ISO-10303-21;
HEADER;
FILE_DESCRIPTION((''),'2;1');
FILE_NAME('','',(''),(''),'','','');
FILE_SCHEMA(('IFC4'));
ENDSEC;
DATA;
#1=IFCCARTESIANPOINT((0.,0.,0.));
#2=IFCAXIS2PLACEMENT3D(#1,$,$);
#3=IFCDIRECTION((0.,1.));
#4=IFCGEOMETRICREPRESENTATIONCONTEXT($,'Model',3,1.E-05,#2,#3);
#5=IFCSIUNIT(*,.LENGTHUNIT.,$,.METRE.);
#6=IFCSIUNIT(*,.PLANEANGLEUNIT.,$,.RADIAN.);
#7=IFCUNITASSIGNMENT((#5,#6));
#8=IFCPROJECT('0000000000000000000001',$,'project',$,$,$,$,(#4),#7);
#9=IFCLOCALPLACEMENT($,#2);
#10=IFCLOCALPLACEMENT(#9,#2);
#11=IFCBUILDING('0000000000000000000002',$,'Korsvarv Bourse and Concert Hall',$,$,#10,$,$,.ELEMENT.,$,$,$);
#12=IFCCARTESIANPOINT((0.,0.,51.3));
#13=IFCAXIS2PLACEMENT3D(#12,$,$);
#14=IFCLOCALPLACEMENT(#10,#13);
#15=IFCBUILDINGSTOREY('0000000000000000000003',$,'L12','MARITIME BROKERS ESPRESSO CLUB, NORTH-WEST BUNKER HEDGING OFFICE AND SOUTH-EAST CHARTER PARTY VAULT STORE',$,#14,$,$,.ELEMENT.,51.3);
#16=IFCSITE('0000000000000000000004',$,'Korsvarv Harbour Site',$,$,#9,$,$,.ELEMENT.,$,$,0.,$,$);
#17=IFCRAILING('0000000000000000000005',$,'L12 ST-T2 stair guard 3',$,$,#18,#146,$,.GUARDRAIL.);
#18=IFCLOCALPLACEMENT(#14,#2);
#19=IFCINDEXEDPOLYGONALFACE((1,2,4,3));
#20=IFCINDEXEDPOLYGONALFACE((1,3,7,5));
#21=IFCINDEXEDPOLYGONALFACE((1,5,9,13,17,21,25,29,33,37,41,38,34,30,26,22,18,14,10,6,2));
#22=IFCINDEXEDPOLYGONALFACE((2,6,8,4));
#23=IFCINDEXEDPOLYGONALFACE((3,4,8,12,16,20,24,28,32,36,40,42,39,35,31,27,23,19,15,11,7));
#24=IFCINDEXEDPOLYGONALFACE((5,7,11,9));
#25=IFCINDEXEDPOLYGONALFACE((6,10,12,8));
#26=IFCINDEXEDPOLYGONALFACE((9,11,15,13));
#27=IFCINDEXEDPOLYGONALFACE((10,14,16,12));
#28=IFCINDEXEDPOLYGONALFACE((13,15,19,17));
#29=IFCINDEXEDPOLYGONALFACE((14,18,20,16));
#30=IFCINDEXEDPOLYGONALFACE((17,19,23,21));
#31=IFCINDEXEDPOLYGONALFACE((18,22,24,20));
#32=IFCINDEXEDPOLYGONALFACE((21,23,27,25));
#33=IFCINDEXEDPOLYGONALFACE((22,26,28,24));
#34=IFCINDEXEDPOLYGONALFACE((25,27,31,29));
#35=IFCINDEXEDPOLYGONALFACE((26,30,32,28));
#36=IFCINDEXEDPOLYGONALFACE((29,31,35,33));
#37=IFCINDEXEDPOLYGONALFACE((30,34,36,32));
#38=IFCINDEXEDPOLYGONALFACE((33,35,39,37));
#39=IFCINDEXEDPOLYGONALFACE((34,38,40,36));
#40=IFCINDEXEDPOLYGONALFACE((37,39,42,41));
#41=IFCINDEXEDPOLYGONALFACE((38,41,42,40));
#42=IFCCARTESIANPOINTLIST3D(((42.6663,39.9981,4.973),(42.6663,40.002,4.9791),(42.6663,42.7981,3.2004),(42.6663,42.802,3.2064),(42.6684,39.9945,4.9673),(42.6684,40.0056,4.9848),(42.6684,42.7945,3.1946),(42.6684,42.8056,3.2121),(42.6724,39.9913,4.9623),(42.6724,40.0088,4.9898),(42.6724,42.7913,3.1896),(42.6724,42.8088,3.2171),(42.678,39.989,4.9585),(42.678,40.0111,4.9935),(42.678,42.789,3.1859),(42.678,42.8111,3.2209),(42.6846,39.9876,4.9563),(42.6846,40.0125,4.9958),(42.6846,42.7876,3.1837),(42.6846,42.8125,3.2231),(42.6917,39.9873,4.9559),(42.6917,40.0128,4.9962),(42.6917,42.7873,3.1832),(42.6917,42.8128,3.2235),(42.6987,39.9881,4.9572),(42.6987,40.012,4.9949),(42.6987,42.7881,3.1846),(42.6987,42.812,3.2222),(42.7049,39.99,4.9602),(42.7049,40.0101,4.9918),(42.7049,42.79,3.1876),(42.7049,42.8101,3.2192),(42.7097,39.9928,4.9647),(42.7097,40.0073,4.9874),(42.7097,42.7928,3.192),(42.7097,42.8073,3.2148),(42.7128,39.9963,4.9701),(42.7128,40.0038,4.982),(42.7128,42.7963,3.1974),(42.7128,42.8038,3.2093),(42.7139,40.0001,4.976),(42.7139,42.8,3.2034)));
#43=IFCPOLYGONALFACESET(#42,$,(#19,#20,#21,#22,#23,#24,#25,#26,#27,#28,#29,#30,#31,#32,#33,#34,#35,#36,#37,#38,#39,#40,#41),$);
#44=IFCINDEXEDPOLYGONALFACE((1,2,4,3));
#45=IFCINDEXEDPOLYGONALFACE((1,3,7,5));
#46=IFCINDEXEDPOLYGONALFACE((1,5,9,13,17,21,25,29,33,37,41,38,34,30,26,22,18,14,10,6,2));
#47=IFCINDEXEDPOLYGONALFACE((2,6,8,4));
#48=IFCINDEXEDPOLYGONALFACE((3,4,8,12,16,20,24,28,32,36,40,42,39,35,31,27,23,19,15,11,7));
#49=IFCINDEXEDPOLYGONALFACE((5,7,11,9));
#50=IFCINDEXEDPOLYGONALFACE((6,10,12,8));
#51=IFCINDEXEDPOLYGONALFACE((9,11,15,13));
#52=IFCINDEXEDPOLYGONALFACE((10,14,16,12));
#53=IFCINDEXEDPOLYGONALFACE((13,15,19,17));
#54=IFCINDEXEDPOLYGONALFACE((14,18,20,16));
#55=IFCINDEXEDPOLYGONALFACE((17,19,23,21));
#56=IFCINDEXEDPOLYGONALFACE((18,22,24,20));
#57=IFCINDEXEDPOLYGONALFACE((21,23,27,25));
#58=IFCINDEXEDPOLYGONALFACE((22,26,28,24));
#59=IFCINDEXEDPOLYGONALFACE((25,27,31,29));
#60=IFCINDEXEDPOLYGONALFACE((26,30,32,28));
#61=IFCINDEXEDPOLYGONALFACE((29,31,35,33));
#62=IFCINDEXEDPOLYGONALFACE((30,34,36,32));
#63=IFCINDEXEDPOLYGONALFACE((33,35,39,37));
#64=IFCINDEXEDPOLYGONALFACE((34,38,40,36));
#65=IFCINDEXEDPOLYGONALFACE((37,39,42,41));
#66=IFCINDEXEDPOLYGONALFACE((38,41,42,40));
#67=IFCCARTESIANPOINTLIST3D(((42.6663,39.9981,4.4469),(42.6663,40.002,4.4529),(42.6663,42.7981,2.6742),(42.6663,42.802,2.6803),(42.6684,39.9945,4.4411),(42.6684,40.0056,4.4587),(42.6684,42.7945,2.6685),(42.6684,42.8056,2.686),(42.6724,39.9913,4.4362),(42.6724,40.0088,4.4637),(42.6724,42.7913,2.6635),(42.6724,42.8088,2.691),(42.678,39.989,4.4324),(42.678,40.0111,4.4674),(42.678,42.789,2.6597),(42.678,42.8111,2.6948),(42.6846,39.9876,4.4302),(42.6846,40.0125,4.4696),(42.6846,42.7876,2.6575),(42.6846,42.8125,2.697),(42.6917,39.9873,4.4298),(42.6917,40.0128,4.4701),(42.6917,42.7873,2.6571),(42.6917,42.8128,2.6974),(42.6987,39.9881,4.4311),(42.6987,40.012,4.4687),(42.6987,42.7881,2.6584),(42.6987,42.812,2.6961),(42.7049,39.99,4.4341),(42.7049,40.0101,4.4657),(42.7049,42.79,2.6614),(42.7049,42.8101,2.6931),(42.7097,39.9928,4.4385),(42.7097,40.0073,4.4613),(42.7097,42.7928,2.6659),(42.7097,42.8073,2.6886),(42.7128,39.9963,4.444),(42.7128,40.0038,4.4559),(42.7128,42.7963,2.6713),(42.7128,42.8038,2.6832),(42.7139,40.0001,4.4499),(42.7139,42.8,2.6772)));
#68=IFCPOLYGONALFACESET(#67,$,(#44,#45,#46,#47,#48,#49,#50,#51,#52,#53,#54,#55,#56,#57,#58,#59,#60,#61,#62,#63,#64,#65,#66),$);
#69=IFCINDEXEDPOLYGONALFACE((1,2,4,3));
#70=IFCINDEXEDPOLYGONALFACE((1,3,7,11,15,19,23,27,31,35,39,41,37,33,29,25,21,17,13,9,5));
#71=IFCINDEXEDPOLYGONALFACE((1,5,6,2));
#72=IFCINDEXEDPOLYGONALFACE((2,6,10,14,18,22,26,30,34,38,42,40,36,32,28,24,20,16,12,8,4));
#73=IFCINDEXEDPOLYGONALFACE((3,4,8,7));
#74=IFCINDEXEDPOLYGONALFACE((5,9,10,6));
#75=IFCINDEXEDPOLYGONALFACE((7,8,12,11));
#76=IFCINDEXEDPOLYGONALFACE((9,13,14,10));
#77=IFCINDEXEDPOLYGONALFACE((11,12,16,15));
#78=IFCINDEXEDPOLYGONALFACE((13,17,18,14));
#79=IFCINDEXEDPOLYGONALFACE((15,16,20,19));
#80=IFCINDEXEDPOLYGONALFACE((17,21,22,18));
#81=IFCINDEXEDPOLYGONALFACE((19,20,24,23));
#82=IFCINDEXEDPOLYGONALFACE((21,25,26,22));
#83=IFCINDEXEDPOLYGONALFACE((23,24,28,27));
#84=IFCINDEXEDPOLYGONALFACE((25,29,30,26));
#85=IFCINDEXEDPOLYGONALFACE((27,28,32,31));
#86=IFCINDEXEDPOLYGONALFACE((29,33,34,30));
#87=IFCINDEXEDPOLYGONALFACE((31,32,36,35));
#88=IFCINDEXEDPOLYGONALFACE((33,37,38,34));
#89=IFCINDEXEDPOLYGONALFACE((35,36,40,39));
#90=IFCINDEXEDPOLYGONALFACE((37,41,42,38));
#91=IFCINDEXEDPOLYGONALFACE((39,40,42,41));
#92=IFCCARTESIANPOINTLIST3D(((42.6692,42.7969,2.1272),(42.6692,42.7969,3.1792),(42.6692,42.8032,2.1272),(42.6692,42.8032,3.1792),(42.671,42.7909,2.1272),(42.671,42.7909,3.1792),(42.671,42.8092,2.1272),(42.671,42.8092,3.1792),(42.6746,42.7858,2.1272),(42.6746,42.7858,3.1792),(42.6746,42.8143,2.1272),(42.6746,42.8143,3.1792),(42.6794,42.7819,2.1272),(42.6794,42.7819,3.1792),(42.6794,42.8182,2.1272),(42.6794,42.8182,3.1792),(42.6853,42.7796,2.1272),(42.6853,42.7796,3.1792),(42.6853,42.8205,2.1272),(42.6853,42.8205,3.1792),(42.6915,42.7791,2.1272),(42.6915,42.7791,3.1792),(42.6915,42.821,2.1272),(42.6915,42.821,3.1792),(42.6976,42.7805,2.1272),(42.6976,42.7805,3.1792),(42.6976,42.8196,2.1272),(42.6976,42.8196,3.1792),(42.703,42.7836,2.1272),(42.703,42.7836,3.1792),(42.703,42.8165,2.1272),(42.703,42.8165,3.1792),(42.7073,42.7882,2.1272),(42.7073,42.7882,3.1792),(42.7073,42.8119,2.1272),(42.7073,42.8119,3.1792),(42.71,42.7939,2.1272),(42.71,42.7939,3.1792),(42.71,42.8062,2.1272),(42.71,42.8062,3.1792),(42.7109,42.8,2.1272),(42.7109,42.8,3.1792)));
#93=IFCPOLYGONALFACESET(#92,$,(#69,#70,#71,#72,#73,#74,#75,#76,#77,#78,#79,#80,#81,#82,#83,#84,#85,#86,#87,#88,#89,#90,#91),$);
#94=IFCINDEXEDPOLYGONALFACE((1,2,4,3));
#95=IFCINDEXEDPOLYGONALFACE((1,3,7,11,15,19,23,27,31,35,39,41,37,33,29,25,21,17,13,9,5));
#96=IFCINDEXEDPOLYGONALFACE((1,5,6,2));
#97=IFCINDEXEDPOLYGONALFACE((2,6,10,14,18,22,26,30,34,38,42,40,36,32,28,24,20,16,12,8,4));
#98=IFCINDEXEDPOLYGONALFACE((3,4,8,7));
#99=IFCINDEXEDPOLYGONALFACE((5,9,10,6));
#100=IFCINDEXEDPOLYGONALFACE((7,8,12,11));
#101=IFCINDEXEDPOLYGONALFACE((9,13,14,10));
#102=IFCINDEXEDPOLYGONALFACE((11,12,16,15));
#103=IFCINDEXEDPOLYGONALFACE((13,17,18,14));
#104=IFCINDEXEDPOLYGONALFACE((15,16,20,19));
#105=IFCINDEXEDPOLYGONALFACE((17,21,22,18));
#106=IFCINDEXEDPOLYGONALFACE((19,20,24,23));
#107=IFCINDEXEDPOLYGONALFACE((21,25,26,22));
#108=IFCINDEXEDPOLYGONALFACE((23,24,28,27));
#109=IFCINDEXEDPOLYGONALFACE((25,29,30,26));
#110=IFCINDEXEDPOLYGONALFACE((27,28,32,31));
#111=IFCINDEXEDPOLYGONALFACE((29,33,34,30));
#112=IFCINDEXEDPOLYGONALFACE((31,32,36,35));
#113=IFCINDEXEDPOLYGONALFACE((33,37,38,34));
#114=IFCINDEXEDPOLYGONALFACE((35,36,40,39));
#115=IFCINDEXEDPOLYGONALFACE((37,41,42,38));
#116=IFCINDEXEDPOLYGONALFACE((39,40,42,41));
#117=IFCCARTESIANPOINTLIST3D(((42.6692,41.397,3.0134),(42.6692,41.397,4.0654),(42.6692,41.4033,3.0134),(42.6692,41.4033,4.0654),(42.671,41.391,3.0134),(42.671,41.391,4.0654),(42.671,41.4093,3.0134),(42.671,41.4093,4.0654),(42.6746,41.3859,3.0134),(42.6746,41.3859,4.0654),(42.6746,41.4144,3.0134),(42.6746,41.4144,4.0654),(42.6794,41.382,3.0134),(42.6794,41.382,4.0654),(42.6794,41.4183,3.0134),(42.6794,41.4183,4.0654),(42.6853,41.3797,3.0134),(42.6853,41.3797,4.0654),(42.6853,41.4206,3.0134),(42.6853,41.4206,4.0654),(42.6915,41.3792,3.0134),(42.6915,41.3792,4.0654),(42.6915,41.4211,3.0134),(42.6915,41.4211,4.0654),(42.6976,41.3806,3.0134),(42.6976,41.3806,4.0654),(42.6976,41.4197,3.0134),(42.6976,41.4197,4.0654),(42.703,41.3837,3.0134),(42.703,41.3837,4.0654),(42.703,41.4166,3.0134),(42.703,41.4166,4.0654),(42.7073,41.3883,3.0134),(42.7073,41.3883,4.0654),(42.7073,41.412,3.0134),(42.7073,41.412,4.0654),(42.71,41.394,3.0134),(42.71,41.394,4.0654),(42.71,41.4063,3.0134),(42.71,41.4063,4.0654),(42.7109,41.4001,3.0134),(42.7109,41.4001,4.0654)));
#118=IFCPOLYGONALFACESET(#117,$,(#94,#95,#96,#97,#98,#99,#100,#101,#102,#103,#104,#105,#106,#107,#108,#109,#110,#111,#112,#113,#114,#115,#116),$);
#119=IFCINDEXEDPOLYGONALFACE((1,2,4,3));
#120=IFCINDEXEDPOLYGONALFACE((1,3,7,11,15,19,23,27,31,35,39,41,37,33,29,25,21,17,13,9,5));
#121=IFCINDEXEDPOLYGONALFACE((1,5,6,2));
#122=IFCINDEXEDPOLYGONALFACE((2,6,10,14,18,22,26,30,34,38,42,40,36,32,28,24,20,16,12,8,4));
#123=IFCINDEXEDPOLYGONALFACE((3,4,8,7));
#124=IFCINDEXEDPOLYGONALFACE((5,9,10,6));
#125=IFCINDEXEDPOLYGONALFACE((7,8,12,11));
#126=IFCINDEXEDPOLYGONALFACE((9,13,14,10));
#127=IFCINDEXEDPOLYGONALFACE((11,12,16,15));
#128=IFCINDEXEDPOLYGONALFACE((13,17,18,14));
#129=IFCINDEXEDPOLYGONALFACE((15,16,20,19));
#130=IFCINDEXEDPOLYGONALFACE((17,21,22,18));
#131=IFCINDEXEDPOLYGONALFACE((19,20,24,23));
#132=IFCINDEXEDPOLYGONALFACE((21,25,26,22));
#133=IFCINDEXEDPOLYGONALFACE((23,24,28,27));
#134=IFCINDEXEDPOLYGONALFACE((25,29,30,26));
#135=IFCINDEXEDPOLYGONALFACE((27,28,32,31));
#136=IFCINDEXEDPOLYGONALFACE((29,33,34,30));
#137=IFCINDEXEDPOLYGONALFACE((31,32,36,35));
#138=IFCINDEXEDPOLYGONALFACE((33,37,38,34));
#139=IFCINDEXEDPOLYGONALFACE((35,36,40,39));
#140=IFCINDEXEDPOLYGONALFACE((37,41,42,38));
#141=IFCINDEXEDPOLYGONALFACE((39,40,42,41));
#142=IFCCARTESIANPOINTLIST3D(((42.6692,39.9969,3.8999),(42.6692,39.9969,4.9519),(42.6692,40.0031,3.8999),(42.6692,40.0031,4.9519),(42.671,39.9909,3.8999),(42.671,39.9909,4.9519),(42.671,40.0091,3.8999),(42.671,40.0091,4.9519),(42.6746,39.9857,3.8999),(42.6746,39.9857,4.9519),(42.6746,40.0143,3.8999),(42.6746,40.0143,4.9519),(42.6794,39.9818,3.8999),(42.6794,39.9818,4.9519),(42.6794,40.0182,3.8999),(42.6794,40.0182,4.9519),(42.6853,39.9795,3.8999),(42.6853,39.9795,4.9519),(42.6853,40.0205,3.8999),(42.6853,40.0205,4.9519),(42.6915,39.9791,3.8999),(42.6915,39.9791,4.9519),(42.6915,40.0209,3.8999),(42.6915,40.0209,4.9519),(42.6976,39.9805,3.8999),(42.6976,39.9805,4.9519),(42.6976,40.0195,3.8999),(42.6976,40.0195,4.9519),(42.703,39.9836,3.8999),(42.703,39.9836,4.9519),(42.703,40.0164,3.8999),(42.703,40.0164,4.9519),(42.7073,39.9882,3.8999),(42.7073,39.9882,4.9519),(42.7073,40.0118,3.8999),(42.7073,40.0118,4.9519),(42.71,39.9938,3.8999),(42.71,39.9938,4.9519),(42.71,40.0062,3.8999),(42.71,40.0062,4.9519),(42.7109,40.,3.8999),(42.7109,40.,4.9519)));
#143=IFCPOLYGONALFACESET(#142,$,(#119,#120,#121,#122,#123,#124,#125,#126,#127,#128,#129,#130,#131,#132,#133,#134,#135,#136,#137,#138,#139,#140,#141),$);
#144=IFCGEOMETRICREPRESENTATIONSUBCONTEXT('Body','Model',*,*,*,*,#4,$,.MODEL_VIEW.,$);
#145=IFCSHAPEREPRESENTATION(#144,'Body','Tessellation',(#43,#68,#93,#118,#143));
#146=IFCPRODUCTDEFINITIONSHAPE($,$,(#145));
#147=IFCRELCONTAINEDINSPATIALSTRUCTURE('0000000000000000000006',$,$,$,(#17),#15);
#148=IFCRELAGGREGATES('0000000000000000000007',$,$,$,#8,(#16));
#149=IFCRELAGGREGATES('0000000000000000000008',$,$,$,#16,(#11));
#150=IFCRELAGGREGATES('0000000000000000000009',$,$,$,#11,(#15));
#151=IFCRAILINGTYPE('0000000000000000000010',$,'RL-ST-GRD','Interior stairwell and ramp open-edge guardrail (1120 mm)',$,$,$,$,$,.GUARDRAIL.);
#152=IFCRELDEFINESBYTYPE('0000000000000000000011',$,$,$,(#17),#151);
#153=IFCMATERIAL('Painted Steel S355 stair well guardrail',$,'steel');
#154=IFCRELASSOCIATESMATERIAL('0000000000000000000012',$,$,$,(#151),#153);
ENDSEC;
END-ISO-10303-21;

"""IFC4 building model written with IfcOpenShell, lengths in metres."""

from ifc_helpers import new_model, si_unit, direction, frame, origin, origin_2d, place, context, subcontext, project, spatial, circle, extrude, material, type_object, element, save


model = new_model("IFC4")

# Units and contexts
model_context = context("Model", 3, precision=1e-05, world=origin(), true_north=direction((0.0, 1.0)))
body_context = subcontext(model_context, "Body", "Model", "MODEL_VIEW")
ifc_project = project(units=[si_unit("LENGTHUNIT", "METRE"), si_unit("PLANEANGLEUNIT", "RADIAN")], contexts=[model_context])

# Site, building, storey
site_placement = place(None, origin())
site = spatial("IfcSite", under=ifc_project, at=site_placement, Name="Korsvarv Harbour Site", CompositionType="ELEMENT", RefElevation=0.0)
building_placement = place(site_placement, origin())
building = spatial("IfcBuilding", under=site, at=building_placement, Name="Korsvarv Bourse and Concert Hall", CompositionType="ELEMENT")
storey_placement = place(building_placement, frame((0.0, 0.0, 51.3)))
storey = spatial("IfcBuildingStorey", under=building, at=storey_placement, Name="L12", Description="MARITIME BROKERS ESPRESSO CLUB, NORTH-WEST BUNKER HEDGING OFFICE AND SOUTH-EAST CHARTER PARTY VAULT STORE", CompositionType="ELEMENT", Elevation=51.3)

# Railing
ifc_material_1 = material(Name="Painted Steel S355 stair well guardrail", Category="steel")
railing_type_1 = type_object("IfcRailingType", Name="RL-ST-GRD", Description="Interior stairwell and ramp open-edge guardrail (1120 mm)", PredefinedType="GUARDRAIL", material=ifc_material_1)
railing_1_placement = place(storey_placement, frame((42.6899, 42.8, 2.1272)))
element("IfcRailing", 1, at=railing_1_placement, inside=storey, type_object=railing_type_1, Name="L12 ST-T2 stair guard 3", PredefinedType="GUARDRAIL", context=body_context, shape_type="SweptSolid", body=[
    extrude(circle(Radius=0.0239, at=origin_2d()), frame((0.0, 0.0, 1.0762), z_axis=(0.0, -0.844909, 0.53491), x_axis=(1.0, 0.0, 0.0)), (0.0, 0.0, 1.0), 3.314),
    extrude(circle(Radius=0.0239, at=origin_2d()), frame((0.0, 0.0, 0.55), z_axis=(0.0, -0.844909, 0.53491), x_axis=(1.0, 0.0, 0.0)), (0.0, 0.0, 1.0), 3.314),
    extrude(circle(Radius=0.021, at=origin_2d()), origin(), (0.0, 0.0, 1.0), 1.052),
    extrude(circle(Radius=0.021, at=origin_2d()), frame((0.0, -1.3999, 0.8862)), (0.0, 0.0, 1.0), 1.052),
    extrude(circle(Radius=0.021, at=origin_2d()), frame((0.0, -2.8, 1.7727)), (0.0, 0.0, 1.0), 1.052),
])

save(model, "model.ifc")
